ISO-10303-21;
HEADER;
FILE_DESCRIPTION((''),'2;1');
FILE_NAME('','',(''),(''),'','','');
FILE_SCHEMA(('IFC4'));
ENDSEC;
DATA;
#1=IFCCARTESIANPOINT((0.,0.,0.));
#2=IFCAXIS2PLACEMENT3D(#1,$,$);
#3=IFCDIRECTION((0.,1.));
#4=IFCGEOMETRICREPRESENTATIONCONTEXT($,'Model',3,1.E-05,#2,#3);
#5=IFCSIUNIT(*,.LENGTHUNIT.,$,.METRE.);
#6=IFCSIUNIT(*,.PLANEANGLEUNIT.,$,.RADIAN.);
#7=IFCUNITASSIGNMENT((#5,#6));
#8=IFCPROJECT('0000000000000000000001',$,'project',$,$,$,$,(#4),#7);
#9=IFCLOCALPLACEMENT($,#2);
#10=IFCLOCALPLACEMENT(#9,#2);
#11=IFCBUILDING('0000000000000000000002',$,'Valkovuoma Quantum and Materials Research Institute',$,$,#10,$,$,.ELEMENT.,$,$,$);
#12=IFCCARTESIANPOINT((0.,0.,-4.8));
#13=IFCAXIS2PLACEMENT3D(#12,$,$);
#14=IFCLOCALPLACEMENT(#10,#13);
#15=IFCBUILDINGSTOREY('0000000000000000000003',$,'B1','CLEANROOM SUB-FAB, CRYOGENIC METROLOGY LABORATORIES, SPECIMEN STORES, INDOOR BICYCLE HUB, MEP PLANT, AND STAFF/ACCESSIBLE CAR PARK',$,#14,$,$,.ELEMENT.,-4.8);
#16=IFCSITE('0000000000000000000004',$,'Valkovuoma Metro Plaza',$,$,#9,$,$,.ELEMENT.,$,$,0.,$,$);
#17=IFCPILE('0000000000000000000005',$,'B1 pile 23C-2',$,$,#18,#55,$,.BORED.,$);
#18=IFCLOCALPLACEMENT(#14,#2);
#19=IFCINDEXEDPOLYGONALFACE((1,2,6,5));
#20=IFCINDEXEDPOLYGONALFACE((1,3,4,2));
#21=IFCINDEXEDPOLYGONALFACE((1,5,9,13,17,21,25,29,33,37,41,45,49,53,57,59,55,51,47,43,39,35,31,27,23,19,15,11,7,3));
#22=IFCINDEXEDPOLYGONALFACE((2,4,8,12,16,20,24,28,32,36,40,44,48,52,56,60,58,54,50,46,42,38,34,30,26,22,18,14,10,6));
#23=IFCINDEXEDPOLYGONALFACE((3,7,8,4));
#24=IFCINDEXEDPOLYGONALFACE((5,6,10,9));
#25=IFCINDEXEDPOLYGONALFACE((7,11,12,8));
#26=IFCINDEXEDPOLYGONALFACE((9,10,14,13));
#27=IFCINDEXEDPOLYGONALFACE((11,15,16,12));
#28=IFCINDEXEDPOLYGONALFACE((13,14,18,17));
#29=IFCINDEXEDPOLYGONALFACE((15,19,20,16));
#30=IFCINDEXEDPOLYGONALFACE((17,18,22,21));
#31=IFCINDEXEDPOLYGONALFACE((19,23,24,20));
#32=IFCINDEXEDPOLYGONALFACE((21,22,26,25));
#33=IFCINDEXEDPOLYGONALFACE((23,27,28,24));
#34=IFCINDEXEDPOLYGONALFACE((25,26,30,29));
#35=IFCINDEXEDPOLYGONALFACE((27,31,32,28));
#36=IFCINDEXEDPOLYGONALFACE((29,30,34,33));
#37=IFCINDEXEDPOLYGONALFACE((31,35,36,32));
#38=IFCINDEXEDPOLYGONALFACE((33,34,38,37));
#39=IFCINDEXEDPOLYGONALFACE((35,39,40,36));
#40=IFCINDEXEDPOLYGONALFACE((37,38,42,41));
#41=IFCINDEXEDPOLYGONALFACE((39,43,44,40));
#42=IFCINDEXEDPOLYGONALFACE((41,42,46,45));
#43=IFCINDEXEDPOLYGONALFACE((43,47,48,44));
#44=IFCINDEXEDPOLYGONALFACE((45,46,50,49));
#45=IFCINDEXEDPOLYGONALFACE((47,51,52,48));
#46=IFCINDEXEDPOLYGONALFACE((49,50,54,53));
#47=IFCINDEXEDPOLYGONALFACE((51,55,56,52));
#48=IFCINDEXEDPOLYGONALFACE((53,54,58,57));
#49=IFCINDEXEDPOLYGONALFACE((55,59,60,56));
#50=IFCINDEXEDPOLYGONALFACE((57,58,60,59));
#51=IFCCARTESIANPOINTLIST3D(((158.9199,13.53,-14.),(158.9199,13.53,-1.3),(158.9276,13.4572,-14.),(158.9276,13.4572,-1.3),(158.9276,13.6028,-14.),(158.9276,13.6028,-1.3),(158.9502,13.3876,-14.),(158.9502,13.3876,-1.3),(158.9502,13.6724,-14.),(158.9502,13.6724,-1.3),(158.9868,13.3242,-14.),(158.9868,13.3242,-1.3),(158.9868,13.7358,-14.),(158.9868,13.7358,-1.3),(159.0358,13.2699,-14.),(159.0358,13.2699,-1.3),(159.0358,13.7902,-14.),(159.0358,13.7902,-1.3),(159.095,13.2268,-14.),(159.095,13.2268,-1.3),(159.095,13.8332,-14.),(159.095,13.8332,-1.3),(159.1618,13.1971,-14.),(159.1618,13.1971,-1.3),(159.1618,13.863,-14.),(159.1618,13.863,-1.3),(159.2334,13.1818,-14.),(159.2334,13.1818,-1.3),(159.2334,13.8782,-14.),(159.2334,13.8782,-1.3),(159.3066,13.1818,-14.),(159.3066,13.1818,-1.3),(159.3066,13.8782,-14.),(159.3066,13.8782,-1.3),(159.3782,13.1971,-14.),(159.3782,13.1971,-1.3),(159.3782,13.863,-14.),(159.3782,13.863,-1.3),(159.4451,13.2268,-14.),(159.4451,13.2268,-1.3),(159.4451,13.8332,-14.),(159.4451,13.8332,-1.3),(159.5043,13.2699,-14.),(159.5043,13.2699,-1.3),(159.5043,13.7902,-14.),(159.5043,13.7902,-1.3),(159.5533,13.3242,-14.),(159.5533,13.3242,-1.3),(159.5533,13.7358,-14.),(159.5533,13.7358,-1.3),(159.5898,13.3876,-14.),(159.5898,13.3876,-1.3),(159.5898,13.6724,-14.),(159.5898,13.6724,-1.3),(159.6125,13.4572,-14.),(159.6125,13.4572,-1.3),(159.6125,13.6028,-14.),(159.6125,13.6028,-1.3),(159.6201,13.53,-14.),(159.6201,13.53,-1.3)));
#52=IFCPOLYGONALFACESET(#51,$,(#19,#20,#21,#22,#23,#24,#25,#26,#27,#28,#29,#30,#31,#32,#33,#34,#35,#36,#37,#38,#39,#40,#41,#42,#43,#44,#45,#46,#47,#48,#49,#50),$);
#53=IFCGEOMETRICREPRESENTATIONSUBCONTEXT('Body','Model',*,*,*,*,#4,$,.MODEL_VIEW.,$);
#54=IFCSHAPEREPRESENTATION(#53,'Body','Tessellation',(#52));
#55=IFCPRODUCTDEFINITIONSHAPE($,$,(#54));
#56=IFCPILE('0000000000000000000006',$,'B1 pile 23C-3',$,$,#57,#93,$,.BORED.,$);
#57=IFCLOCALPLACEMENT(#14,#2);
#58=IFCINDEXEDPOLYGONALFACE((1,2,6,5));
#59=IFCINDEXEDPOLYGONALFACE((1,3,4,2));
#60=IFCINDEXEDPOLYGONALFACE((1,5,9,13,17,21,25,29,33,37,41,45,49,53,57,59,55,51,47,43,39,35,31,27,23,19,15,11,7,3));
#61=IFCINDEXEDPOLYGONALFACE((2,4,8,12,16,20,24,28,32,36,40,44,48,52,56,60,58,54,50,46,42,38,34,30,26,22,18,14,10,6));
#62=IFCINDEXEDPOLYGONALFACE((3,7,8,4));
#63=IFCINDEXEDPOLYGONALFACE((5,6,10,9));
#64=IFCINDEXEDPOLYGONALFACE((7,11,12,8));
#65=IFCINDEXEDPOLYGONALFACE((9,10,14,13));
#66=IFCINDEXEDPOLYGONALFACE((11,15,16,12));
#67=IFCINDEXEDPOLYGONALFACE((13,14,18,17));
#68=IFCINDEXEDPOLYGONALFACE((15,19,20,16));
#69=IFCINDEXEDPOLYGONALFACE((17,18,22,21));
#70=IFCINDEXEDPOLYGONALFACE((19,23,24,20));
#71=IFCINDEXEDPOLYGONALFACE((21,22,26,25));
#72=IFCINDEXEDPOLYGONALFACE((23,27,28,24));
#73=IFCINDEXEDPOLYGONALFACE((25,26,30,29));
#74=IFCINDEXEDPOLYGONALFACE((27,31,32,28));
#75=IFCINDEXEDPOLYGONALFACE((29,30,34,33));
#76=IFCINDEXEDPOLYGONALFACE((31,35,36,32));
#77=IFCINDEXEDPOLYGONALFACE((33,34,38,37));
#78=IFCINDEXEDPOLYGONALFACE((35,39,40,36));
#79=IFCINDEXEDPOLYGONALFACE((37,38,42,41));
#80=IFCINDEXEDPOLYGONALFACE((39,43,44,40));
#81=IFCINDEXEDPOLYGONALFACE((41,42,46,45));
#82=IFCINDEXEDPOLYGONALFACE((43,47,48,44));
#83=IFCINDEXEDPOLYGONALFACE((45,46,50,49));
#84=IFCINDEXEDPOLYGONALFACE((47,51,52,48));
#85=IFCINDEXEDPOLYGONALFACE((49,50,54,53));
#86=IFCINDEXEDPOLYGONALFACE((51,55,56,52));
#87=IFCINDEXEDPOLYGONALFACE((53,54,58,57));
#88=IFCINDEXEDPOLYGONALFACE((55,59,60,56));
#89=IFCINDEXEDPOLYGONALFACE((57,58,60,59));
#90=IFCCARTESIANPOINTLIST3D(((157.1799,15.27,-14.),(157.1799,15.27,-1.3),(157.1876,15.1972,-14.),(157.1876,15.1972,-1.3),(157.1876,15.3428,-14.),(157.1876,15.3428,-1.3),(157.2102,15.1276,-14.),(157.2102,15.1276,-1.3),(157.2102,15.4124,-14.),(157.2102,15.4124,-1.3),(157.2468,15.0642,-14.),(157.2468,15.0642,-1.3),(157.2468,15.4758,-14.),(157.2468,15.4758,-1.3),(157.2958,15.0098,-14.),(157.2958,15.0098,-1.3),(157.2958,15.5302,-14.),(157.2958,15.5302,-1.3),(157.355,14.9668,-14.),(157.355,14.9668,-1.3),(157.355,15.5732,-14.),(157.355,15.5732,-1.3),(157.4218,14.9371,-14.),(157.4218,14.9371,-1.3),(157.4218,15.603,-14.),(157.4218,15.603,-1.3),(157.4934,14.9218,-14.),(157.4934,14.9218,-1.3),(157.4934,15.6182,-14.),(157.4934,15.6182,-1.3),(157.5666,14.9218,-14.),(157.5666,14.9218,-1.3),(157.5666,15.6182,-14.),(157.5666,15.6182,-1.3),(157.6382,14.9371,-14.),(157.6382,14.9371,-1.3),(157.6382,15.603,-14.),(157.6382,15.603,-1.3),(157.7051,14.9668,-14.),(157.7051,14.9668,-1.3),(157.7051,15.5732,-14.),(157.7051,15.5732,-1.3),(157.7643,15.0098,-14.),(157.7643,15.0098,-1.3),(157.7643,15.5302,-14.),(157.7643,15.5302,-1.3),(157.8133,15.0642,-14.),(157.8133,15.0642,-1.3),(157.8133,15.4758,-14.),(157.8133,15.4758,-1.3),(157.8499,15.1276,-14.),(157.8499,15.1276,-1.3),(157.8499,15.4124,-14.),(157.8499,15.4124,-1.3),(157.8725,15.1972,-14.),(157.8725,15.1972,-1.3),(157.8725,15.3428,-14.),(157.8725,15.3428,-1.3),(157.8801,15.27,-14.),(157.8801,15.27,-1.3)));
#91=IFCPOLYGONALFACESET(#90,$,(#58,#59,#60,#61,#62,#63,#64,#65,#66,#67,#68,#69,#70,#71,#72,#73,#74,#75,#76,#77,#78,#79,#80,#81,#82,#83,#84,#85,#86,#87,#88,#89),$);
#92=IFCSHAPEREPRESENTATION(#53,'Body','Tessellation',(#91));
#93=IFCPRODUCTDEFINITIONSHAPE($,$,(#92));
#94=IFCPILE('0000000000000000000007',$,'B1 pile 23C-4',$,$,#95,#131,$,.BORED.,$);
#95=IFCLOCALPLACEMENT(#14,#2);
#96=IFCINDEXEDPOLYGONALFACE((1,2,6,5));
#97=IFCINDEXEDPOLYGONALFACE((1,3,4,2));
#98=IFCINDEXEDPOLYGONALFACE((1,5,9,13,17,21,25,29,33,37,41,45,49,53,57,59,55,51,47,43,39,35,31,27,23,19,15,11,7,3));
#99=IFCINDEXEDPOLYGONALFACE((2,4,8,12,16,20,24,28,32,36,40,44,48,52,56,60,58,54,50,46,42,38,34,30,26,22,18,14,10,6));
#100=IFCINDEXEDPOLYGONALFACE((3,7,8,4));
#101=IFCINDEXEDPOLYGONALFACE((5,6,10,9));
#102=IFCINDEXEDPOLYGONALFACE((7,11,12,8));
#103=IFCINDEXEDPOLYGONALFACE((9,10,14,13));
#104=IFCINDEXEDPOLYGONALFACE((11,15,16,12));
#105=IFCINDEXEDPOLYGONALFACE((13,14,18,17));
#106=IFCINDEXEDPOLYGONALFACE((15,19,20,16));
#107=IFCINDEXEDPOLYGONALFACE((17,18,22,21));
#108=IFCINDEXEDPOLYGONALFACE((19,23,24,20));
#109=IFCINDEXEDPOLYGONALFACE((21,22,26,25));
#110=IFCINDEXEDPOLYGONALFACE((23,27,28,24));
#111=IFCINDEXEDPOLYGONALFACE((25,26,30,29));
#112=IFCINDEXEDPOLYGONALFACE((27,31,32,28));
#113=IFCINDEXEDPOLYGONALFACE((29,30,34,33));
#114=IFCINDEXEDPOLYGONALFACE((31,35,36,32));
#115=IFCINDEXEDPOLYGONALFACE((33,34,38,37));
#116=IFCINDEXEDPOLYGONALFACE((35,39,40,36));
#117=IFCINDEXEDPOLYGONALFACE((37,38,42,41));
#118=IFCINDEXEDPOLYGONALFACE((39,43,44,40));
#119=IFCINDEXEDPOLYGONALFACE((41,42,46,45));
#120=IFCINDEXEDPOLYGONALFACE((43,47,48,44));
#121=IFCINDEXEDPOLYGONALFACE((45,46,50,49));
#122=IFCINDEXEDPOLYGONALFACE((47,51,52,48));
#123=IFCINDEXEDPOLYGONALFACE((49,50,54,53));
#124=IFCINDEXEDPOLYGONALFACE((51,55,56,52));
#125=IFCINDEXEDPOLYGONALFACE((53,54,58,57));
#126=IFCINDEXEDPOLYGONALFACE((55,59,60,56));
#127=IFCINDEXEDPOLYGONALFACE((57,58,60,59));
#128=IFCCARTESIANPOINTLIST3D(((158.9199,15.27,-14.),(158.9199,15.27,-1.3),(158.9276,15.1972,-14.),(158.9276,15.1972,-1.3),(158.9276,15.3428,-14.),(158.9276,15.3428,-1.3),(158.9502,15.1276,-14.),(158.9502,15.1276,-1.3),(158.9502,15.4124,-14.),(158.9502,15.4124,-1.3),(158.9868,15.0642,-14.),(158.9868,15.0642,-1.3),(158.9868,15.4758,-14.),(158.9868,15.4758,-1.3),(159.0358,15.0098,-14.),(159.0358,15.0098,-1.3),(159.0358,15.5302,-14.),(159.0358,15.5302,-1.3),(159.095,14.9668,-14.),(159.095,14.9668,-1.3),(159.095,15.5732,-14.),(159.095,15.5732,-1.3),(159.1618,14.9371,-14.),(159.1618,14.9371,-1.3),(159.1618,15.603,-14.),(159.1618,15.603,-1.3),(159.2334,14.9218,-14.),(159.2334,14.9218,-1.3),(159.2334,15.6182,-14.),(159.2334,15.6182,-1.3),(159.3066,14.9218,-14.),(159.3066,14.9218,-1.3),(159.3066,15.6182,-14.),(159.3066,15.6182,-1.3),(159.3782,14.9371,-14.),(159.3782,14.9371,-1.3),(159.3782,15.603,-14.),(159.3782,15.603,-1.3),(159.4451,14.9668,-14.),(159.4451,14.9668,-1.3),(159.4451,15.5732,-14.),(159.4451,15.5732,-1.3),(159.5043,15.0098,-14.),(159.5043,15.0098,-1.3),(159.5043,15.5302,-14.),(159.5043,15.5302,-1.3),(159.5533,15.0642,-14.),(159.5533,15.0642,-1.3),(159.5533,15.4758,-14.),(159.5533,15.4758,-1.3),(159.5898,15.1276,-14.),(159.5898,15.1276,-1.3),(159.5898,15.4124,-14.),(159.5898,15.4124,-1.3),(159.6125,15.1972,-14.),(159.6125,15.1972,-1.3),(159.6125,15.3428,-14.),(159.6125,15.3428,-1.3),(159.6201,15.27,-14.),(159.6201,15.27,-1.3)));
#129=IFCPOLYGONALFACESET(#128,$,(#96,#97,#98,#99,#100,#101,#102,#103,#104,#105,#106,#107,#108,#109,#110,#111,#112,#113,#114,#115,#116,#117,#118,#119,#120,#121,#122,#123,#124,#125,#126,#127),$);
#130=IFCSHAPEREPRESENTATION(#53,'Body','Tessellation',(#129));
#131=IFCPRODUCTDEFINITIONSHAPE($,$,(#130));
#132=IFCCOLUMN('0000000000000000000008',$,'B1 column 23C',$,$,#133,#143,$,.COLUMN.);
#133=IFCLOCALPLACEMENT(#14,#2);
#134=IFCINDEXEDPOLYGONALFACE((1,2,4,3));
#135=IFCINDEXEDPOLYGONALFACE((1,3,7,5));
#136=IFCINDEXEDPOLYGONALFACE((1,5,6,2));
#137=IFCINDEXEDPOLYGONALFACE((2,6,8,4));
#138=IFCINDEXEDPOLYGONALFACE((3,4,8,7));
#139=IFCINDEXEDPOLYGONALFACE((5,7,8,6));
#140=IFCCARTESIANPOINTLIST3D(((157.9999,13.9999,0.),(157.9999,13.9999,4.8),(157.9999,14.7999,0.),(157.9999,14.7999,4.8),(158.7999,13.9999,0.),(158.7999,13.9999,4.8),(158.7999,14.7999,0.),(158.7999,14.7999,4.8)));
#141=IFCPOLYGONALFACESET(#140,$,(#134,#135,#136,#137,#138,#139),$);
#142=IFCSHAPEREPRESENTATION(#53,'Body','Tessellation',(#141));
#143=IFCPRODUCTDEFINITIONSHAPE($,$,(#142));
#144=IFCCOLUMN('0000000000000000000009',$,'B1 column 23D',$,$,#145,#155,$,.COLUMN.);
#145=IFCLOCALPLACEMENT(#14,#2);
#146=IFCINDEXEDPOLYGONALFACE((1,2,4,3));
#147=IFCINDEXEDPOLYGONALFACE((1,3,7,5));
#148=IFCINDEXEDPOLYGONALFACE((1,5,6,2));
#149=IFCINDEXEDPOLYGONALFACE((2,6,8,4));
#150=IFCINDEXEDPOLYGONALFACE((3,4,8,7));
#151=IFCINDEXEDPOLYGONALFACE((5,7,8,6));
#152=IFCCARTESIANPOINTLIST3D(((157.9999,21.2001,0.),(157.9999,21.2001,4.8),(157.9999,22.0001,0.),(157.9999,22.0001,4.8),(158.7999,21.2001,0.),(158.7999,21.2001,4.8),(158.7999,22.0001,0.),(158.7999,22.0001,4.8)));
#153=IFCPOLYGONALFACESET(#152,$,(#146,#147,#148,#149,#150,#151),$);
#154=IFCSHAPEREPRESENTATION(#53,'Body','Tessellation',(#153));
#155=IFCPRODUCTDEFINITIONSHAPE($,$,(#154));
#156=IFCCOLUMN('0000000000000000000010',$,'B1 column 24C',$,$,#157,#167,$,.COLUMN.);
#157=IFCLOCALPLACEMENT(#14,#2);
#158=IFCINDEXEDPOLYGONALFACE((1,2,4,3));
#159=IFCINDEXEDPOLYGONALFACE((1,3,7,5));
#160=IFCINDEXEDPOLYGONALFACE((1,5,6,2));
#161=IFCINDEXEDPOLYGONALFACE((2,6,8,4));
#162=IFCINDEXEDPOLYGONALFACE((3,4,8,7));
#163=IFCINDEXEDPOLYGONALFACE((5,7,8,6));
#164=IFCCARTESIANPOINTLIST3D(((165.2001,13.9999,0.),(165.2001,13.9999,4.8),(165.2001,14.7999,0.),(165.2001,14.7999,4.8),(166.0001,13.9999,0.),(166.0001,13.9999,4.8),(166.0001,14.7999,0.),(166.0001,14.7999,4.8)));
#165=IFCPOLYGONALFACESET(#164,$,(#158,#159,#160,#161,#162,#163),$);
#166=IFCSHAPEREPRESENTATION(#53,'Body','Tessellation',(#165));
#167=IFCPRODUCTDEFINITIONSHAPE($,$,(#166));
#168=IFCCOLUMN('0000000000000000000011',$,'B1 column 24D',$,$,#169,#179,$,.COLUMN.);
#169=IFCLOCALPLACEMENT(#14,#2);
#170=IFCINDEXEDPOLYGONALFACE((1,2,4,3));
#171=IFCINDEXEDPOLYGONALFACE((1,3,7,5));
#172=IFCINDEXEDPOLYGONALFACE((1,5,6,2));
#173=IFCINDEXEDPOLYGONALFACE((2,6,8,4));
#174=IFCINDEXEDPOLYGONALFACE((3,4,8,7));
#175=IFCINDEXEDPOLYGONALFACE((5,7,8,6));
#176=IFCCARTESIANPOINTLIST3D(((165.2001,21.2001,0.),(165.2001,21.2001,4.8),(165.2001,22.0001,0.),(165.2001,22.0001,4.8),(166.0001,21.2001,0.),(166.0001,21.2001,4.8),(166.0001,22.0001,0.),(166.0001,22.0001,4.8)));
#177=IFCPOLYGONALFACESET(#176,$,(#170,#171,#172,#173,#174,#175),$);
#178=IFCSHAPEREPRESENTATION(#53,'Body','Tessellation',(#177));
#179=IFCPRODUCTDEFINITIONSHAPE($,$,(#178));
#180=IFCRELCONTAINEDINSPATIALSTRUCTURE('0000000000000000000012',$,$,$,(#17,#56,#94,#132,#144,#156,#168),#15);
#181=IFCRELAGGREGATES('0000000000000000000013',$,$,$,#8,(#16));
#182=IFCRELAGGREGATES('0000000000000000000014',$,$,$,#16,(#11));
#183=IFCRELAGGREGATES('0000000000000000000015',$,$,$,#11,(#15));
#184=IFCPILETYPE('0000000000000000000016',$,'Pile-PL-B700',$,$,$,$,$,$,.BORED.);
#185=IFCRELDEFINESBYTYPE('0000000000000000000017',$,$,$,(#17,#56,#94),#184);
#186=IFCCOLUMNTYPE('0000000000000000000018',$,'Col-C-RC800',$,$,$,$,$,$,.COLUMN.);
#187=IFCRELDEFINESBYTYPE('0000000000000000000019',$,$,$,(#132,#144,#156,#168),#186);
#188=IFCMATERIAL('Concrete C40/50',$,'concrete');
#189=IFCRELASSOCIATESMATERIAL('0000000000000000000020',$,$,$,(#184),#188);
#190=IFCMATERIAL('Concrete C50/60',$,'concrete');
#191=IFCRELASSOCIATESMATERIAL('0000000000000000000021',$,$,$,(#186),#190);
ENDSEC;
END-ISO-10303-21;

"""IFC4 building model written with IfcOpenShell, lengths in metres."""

from ifc_helpers import new_model, si_unit, direction, frame, origin, origin_2d, place, context, subcontext, project, spatial, rectangle, circle, extrude, material, material_profile, profile_set, type_object, element, save


model = new_model("IFC4")

# Units and contexts
model_context = context("Model", 3, precision=1e-05, world=origin(), true_north=direction((0.0, 1.0)))
body_context = subcontext(model_context, "Body", "Model", "MODEL_VIEW")
ifc_project = project(units=[si_unit("LENGTHUNIT", "METRE"), si_unit("PLANEANGLEUNIT", "RADIAN")], contexts=[model_context])

# Site, building, storey
site_placement = place(None, origin())
site = spatial("IfcSite", under=ifc_project, at=site_placement, Name="Valkovuoma Metro Plaza", CompositionType="ELEMENT", RefElevation=0.0)
building_placement = place(site_placement, origin())
building = spatial("IfcBuilding", under=site, at=building_placement, Name="Valkovuoma Quantum and Materials Research Institute", CompositionType="ELEMENT")
storey_placement = place(building_placement, frame((0.0, 0.0, -4.8)))
storey = spatial("IfcBuildingStorey", under=building, at=storey_placement, Name="B1", Description="CLEANROOM SUB-FAB, CRYOGENIC METROLOGY LABORATORIES, SPECIMEN STORES, INDOOR BICYCLE HUB, MEP PLANT, AND STAFF/ACCESSIBLE CAR PARK", CompositionType="ELEMENT", Elevation=-4.8)

# Piles
ifc_material_1 = material(Name="Concrete C40/50", Category="concrete")
ifc_material_profile_1 = material_profile(ifc_material_1, circle(Radius=0.3501, at=origin_2d()), Name="Concrete C40/50")
ifc_profile_set_1 = profile_set([ifc_material_profile_1], Name="Concrete C40/50")
pile_type_1 = type_object("IfcPileType", Name="Pile-PL-B700", PredefinedType="BORED", material=ifc_profile_set_1)
for number, where, z_axis, x_axis, name in (
    (1, (159.27, 13.53, -1.3), (0.0, 0.0, -1.0), (1.0, 0.0, 0.0), "B1 pile 23C-2"),
    (2, (157.53, 15.27, -1.3), (0.0, 0.0, -1.0), (1.0, 0.0, 0.0), "B1 pile 23C-3"),
    (3, (159.27, 15.27, -1.3), (0.0, 0.0, -1.0), (1.0, 0.0, 0.0), "B1 pile 23C-4"),
):
    element("IfcPile", number, at=place(storey_placement, frame(where, z_axis=z_axis, x_axis=x_axis)), inside=storey, type_object=pile_type_1, Name=name, PredefinedType="BORED", context=body_context, shape_type="SweptSolid", body=[
        extrude(circle(Radius=0.3501, at=origin_2d()), origin(), (0.0, 0.0, 1.0), 12.7),
    ])

# Columns
ifc_material_2 = material(Name="Concrete C50/60", Category="concrete")
ifc_material_profile_2 = material_profile(ifc_material_2, rectangle(XDim=0.8, YDim=0.8, at=origin_2d()), Name="Concrete C50/60")
ifc_profile_set_2 = profile_set([ifc_material_profile_2], Name="Concrete C50/60")
column_type = type_object("IfcColumnType", Name="Col-C-RC800", PredefinedType="COLUMN", material=ifc_profile_set_2)
for number, where, z_axis, x_axis, name in (
    (4, (158.3999, 14.3999, 0.0), (0.0, 0.0, 1.0), (1.0, 0.0, 0.0), "B1 column 23C"),
    (5, (158.3999, 21.6001, 0.0), (0.0, 0.0, 1.0), (1.0, 0.0, 0.0), "B1 column 23D"),
    (6, (165.6001, 14.3999, 0.0), (0.0, 0.0, 1.0), (1.0, 0.0, 0.0), "B1 column 24C"),
    (7, (165.6001, 21.6001, 0.0), (0.0, 0.0, 1.0), (1.0, 0.0, 0.0), "B1 column 24D"),
):
    element("IfcColumn", number, at=place(storey_placement, frame(where, z_axis=z_axis, x_axis=x_axis)), inside=storey, type_object=column_type, Name=name, PredefinedType="COLUMN", context=body_context, shape_type="SweptSolid", body=[
        extrude(rectangle(XDim=0.8, YDim=0.8, at=origin_2d()), origin(), (0.0, 0.0, 1.0), 4.8),
    ])

save(model, "model.ifc")
